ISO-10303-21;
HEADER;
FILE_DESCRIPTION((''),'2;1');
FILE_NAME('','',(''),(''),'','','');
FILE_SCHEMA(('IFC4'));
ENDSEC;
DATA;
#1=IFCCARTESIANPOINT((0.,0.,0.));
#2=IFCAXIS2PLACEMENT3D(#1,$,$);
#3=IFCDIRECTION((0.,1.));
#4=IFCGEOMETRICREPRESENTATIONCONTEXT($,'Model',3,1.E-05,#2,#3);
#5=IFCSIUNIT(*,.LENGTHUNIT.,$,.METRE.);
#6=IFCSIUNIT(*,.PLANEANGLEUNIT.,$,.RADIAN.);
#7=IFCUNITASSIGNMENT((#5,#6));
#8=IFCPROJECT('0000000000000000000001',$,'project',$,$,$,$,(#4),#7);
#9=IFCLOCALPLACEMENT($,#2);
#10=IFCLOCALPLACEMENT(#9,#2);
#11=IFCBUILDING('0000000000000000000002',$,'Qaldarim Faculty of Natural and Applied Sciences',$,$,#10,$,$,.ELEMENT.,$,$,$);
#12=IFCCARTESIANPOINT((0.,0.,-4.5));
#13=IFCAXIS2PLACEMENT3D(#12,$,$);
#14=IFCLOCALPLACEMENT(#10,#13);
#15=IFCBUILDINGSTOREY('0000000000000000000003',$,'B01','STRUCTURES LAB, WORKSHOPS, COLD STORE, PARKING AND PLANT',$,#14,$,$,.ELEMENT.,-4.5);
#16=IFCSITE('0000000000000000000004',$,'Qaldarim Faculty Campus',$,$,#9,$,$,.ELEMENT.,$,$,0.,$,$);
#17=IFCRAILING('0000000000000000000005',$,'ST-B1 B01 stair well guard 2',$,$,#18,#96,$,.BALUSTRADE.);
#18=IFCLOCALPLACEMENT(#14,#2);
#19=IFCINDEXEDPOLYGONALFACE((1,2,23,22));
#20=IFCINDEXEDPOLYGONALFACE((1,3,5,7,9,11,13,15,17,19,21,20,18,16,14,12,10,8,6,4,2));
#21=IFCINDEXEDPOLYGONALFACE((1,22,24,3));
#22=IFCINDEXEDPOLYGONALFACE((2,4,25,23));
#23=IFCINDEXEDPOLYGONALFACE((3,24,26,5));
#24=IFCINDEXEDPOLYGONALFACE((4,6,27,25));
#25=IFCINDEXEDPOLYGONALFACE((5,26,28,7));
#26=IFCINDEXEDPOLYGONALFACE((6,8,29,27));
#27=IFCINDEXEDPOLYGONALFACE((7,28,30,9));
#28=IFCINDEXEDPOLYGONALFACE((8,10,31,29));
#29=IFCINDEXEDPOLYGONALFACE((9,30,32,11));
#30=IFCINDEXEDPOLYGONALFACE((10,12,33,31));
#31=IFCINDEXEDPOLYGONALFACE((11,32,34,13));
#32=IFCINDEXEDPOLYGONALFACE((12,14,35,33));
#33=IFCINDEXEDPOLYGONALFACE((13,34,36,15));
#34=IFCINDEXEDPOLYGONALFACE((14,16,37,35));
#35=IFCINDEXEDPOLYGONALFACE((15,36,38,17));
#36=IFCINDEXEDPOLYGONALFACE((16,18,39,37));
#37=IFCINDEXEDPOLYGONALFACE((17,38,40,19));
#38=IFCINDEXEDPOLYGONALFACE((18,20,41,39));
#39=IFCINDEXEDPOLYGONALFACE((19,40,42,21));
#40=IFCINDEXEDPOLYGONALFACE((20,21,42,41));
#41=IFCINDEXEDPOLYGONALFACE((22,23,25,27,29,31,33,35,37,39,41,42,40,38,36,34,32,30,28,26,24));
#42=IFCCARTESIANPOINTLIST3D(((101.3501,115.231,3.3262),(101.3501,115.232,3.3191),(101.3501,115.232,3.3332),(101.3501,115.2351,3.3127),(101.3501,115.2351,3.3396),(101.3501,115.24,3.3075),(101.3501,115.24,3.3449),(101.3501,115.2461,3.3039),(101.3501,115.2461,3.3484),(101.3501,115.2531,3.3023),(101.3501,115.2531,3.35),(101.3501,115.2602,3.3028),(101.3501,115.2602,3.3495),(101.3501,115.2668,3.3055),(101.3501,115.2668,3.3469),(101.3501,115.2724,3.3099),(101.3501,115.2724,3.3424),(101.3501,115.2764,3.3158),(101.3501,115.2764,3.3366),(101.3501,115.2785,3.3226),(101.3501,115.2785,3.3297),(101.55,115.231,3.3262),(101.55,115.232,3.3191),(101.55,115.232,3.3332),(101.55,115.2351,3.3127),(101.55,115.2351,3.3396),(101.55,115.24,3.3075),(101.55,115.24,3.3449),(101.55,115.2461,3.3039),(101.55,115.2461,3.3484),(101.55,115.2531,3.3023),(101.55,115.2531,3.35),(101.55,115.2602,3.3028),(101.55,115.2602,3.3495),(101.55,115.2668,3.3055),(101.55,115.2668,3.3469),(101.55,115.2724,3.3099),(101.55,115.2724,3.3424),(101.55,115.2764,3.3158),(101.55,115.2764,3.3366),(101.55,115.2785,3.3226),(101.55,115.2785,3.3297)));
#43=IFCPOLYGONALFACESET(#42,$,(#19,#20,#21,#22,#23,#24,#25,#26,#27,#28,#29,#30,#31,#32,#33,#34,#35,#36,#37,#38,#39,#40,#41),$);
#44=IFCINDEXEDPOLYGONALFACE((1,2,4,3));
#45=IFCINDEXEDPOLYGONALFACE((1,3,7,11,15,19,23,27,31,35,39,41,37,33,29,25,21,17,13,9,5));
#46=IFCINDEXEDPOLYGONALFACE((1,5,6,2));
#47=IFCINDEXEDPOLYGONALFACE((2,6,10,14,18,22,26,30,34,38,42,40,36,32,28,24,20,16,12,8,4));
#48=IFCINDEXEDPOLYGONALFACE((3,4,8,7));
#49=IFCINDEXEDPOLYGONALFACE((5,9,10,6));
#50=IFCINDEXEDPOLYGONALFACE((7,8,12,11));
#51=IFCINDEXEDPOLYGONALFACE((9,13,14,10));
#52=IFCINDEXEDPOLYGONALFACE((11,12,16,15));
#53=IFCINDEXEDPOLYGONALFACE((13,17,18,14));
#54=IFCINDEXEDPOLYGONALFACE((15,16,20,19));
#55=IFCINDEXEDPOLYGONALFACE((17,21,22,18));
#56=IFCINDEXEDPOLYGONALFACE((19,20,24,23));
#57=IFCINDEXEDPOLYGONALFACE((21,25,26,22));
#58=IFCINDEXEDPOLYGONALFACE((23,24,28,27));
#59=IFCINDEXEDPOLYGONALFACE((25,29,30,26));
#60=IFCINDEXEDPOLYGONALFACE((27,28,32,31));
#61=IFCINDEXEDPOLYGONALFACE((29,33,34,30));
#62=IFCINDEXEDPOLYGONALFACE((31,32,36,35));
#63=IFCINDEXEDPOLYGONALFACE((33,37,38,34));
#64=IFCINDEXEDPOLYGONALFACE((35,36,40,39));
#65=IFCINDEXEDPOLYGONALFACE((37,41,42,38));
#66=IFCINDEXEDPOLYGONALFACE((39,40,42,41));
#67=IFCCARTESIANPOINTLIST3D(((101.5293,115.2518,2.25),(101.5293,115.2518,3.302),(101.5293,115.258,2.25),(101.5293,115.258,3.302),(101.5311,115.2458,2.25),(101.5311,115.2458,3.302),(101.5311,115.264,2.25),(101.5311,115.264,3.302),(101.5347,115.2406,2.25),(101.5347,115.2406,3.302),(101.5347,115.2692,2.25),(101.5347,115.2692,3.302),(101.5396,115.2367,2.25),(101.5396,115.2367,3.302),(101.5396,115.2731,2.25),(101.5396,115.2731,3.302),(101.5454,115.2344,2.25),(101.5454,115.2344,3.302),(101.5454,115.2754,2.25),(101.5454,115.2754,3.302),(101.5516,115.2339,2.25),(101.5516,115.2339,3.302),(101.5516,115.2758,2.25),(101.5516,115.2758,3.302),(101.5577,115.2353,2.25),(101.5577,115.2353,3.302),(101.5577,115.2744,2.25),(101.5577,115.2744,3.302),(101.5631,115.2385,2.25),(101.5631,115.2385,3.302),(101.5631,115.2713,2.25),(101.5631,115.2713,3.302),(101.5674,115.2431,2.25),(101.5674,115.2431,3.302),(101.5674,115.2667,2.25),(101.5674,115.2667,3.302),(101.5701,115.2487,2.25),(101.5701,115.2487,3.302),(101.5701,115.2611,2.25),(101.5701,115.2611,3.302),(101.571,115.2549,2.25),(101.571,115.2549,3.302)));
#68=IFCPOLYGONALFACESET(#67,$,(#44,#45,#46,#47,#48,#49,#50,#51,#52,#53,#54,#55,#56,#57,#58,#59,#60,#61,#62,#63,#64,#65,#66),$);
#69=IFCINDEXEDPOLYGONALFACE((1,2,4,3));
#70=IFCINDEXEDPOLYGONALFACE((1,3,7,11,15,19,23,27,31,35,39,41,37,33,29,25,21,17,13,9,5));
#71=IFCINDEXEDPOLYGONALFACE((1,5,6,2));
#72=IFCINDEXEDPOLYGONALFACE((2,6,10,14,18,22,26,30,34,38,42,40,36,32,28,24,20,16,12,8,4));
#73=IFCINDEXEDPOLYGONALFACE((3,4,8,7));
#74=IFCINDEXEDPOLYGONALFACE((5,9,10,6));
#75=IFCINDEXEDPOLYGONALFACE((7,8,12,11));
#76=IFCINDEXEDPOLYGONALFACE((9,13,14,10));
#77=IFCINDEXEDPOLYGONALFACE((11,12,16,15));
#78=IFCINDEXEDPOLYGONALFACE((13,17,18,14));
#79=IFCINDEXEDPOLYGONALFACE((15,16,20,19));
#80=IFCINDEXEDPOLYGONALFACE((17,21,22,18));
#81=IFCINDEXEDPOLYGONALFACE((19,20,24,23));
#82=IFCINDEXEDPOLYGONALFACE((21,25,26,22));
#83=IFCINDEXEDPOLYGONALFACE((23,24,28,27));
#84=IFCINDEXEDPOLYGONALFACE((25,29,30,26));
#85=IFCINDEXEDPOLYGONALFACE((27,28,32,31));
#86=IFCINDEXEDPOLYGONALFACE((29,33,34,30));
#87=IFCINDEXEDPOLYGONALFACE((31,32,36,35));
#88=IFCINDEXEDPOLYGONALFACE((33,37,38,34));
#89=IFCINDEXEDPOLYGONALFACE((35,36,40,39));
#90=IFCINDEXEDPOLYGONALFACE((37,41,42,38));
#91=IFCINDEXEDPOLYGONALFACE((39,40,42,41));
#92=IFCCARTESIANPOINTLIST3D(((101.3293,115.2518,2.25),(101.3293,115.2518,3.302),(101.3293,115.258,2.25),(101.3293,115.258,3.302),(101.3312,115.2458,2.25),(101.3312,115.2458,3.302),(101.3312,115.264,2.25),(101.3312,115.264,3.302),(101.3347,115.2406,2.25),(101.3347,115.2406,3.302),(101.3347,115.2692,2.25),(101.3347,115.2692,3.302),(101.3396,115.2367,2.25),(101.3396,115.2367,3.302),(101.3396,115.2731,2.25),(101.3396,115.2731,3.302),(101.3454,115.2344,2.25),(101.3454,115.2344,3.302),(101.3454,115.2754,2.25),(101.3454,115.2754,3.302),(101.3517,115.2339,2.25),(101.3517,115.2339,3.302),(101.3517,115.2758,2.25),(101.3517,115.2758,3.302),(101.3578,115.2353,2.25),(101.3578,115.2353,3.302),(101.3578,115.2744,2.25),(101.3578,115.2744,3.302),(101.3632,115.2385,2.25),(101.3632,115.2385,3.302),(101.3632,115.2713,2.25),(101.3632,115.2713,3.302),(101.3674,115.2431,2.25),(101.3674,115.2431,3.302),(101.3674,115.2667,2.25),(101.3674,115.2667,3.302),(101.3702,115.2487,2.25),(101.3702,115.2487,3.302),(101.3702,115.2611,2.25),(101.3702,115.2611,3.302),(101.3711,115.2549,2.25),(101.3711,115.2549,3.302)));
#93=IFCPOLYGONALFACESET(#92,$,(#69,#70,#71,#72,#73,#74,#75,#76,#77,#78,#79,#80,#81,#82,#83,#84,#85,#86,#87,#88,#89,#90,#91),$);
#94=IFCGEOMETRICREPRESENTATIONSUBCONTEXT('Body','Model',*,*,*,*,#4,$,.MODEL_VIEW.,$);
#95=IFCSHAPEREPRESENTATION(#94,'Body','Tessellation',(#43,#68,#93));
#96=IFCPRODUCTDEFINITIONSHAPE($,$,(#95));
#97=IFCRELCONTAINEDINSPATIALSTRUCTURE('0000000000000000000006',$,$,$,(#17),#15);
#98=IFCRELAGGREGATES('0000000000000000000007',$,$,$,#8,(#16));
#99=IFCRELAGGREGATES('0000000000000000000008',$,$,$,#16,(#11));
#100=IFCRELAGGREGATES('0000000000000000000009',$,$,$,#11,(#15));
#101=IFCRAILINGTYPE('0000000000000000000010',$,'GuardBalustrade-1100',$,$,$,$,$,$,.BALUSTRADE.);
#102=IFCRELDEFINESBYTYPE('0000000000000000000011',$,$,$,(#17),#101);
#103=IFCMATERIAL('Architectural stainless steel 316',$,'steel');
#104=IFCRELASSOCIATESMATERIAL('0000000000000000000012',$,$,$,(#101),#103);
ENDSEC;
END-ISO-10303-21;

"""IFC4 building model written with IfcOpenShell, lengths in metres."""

from ifc_helpers import new_model, si_unit, direction, frame, origin, origin_2d, place, context, subcontext, project, spatial, circle, extrude, material, type_object, element, save


model = new_model("IFC4")

# Units and contexts
model_context = context("Model", 3, precision=1e-05, world=origin(), true_north=direction((0.0, 1.0)))
body_context = subcontext(model_context, "Body", "Model", "MODEL_VIEW")
ifc_project = project(units=[si_unit("LENGTHUNIT", "METRE"), si_unit("PLANEANGLEUNIT", "RADIAN")], contexts=[model_context])

# Site, building, storey
site_placement = place(None, origin())
site = spatial("IfcSite", under=ifc_project, at=site_placement, Name="Qaldarim Faculty Campus", CompositionType="ELEMENT", RefElevation=0.0)
building_placement = place(site_placement, origin())
building = spatial("IfcBuilding", under=site, at=building_placement, Name="Qaldarim Faculty of Natural and Applied Sciences", CompositionType="ELEMENT")
storey_placement = place(building_placement, frame((0.0, 0.0, -4.5)))
storey = spatial("IfcBuildingStorey", under=building, at=storey_placement, Name="B01", Description="STRUCTURES LAB, WORKSHOPS, COLD STORE, PARKING AND PLANT", CompositionType="ELEMENT", Elevation=-4.5)

# Shared definitions
ifc_material_1 = material(Name="Architectural stainless steel 316", Category="steel")

# Railing
railing_type_1 = type_object("IfcRailingType", Name="GuardBalustrade-1100", PredefinedType="BALUSTRADE", material=ifc_material_1)
railing_1_placement = place(storey_placement, frame((101.55, 115.2549, 2.25)))
element("IfcRailing", 1, at=railing_1_placement, inside=storey, type_object=railing_type_1, Name="ST-B1 B01 stair well guard 2", PredefinedType="BALUSTRADE", context=body_context, shape_type="SweptSolid", body=[
    extrude(circle(Radius=0.0239, at=origin_2d()), frame((0.0, 0.0, 1.0762), z_axis=(-1.0, 0.0, 0.0), x_axis=(0.0, -1.0, 0.0)), (0.0, 0.0, 1.0), 0.2),
    extrude(circle(Radius=0.021, at=origin_2d()), origin(), (0.0, 0.0, 1.0), 1.052),
    extrude(circle(Radius=0.021, at=origin_2d()), frame((-0.2, 0.0, 0.0)), (0.0, 0.0, 1.0), 1.052),
])

save(model, "model.ifc")
